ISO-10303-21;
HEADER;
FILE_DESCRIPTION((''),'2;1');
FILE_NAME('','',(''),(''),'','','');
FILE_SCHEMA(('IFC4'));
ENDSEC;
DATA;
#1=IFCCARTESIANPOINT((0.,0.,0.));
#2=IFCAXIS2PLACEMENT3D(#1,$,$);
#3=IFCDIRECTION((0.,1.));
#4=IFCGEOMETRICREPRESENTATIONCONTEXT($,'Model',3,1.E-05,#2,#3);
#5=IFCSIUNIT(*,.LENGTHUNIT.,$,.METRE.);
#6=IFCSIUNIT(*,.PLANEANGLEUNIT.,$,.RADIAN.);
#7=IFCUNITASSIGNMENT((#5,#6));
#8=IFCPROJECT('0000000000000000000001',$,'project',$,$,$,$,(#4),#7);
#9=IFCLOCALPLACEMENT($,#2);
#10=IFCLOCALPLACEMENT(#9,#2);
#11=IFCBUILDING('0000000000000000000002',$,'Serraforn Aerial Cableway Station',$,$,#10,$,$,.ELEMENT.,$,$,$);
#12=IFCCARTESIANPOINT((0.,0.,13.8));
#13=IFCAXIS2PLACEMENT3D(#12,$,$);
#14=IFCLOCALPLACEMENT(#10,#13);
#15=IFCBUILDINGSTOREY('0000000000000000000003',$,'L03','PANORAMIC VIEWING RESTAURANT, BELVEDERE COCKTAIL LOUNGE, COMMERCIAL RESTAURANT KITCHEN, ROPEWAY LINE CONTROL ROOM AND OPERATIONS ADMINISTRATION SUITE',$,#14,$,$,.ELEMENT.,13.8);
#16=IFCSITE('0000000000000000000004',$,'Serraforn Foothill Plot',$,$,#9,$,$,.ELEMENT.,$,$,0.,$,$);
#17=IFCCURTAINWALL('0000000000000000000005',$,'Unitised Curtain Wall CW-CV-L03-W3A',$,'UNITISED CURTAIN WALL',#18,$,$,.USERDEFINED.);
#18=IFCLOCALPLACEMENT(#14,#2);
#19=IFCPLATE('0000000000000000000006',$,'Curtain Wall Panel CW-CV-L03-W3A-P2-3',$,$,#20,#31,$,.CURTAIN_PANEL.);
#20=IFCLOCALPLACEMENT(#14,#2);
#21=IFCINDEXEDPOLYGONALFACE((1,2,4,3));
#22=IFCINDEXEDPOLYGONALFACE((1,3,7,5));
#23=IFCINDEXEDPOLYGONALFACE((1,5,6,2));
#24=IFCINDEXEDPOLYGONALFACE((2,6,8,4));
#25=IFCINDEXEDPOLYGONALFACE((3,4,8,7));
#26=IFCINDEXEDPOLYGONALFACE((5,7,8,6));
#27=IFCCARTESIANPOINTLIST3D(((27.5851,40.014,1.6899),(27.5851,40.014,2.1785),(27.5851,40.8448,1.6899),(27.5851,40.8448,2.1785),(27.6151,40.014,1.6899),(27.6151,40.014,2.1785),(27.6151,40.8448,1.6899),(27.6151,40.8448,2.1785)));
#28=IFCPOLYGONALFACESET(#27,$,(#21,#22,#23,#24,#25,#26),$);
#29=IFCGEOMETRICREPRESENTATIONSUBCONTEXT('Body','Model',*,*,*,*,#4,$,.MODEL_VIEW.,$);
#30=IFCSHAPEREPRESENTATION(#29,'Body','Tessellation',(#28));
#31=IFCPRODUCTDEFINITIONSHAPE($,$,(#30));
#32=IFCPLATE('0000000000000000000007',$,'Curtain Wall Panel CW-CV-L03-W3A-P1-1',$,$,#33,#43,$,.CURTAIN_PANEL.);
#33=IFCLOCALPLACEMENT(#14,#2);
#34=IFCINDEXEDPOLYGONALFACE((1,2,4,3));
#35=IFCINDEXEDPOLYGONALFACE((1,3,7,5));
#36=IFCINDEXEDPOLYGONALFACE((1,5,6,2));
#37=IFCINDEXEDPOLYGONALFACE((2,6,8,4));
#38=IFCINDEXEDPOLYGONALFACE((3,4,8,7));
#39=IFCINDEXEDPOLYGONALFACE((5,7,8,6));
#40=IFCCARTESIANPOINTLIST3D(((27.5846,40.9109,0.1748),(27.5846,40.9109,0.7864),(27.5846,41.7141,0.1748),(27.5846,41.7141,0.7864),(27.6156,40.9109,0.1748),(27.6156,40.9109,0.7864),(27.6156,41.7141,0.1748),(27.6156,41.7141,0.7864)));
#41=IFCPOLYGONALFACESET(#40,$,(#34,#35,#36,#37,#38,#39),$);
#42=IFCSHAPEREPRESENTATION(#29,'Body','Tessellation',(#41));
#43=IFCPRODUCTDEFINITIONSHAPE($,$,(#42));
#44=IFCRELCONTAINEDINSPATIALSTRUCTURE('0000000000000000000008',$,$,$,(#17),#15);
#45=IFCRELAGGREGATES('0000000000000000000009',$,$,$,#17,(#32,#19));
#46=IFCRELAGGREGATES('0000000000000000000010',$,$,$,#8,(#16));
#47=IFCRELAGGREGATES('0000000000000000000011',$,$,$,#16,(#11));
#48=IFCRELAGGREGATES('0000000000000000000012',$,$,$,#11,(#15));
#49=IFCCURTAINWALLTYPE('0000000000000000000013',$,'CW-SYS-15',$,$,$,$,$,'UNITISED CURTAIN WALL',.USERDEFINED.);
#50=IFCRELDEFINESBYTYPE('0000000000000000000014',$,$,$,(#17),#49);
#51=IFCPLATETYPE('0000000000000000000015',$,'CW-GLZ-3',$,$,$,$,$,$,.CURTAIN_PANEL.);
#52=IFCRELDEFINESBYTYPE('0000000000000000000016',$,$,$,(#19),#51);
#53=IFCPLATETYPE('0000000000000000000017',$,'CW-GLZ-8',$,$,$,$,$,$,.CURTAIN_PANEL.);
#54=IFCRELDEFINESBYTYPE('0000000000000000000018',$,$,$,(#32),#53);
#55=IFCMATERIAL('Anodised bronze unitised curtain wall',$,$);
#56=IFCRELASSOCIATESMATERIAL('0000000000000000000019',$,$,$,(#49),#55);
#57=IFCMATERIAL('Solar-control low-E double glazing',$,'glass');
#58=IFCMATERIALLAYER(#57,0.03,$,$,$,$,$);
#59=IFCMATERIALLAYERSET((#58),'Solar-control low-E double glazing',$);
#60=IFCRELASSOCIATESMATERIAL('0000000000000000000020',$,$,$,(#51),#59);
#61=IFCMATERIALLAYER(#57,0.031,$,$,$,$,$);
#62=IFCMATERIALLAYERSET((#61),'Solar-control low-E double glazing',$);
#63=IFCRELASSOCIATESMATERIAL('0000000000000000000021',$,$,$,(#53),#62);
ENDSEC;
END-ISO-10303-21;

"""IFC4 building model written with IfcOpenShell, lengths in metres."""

from ifc_helpers import new_model, si_unit, direction, frame, origin, origin_2d, place, context, subcontext, project, spatial, rectangle, extrude, material, layer, layer_set, type_object, element, aggregate, save


model = new_model("IFC4")

# Units and contexts
model_context = context("Model", 3, precision=1e-05, world=origin(), true_north=direction((0.0, 1.0)))
body_context = subcontext(model_context, "Body", "Model", "MODEL_VIEW")
ifc_project = project(units=[si_unit("LENGTHUNIT", "METRE"), si_unit("PLANEANGLEUNIT", "RADIAN")], contexts=[model_context])

# Site, building, storey
site_placement = place(None, origin())
site = spatial("IfcSite", under=ifc_project, at=site_placement, Name="Serraforn Foothill Plot", CompositionType="ELEMENT", RefElevation=0.0)
building_placement = place(site_placement, origin())
building = spatial("IfcBuilding", under=site, at=building_placement, Name="Serraforn Aerial Cableway Station", CompositionType="ELEMENT")
storey_placement = place(building_placement, frame((0.0, 0.0, 13.8)))
storey = spatial("IfcBuildingStorey", under=building, at=storey_placement, Name="L03", Description="PANORAMIC VIEWING RESTAURANT, BELVEDERE COCKTAIL LOUNGE, COMMERCIAL RESTAURANT KITCHEN, ROPEWAY LINE CONTROL ROOM AND OPERATIONS ADMINISTRATION SUITE", CompositionType="ELEMENT", Elevation=13.8)

# Curtain wall, plates
ifc_material_1 = material(Name="Anodised bronze unitised curtain wall")
curtain_wall_type = type_object("IfcCurtainWallType", Name="CW-SYS-15", ElementType="UNITISED CURTAIN WALL", PredefinedType="USERDEFINED", material=ifc_material_1)
curtain_wall_placement = place(storey_placement, origin())
curtain_wall = element("IfcCurtainWall", 1, at=curtain_wall_placement, inside=storey, type_object=curtain_wall_type, Name="Unitised Curtain Wall CW-CV-L03-W3A", ObjectType="UNITISED CURTAIN WALL", PredefinedType="USERDEFINED")
ifc_material_2 = material(Name="Solar-control low-E double glazing", Category="glass")
ifc_layer_1 = layer(ifc_material_2, 0.03)
ifc_layer_set_1 = layer_set([ifc_layer_1], Name="Solar-control low-E double glazing")
plate_type_1 = type_object("IfcPlateType", Name="CW-GLZ-3", PredefinedType="CURTAIN_PANEL", material=ifc_layer_set_1)
plate_1_placement = place(storey_placement, frame((27.6001, 40.4294, 1.6899), z_axis=(0.0, 0.0, 1.0), x_axis=(1.0, 0.0, 0.0)))
plate_1 = element("IfcPlate", 2, at=plate_1_placement, type_object=plate_type_1, Name="Curtain Wall Panel CW-CV-L03-W3A-P2-3", PredefinedType="CURTAIN_PANEL", context=body_context, shape_type="SweptSolid", body=[
    extrude(rectangle(XDim=0.03, YDim=0.8308, at=origin_2d()), origin(), (0.0, 0.0, 1.0), 0.4885),
])
ifc_layer_2 = layer(ifc_material_2, 0.031)
ifc_layer_set_2 = layer_set([ifc_layer_2], Name="Solar-control low-E double glazing")
plate_type_2 = type_object("IfcPlateType", Name="CW-GLZ-8", PredefinedType="CURTAIN_PANEL", material=ifc_layer_set_2)
plate_2_placement = place(storey_placement, frame((27.6001, 41.3125, 0.1748), z_axis=(0.0, 0.0, 1.0), x_axis=(1.0, 0.0, 0.0)))
plate_2 = element("IfcPlate", 3, at=plate_2_placement, type_object=plate_type_2, Name="Curtain Wall Panel CW-CV-L03-W3A-P1-1", PredefinedType="CURTAIN_PANEL", context=body_context, shape_type="SweptSolid", body=[
    extrude(rectangle(XDim=0.031, YDim=0.8032, at=origin_2d()), origin(), (0.0, 0.0, 1.0), 0.6116),
])
aggregate(curtain_wall, [plate_2, plate_1])

save(model, "model.ifc")
